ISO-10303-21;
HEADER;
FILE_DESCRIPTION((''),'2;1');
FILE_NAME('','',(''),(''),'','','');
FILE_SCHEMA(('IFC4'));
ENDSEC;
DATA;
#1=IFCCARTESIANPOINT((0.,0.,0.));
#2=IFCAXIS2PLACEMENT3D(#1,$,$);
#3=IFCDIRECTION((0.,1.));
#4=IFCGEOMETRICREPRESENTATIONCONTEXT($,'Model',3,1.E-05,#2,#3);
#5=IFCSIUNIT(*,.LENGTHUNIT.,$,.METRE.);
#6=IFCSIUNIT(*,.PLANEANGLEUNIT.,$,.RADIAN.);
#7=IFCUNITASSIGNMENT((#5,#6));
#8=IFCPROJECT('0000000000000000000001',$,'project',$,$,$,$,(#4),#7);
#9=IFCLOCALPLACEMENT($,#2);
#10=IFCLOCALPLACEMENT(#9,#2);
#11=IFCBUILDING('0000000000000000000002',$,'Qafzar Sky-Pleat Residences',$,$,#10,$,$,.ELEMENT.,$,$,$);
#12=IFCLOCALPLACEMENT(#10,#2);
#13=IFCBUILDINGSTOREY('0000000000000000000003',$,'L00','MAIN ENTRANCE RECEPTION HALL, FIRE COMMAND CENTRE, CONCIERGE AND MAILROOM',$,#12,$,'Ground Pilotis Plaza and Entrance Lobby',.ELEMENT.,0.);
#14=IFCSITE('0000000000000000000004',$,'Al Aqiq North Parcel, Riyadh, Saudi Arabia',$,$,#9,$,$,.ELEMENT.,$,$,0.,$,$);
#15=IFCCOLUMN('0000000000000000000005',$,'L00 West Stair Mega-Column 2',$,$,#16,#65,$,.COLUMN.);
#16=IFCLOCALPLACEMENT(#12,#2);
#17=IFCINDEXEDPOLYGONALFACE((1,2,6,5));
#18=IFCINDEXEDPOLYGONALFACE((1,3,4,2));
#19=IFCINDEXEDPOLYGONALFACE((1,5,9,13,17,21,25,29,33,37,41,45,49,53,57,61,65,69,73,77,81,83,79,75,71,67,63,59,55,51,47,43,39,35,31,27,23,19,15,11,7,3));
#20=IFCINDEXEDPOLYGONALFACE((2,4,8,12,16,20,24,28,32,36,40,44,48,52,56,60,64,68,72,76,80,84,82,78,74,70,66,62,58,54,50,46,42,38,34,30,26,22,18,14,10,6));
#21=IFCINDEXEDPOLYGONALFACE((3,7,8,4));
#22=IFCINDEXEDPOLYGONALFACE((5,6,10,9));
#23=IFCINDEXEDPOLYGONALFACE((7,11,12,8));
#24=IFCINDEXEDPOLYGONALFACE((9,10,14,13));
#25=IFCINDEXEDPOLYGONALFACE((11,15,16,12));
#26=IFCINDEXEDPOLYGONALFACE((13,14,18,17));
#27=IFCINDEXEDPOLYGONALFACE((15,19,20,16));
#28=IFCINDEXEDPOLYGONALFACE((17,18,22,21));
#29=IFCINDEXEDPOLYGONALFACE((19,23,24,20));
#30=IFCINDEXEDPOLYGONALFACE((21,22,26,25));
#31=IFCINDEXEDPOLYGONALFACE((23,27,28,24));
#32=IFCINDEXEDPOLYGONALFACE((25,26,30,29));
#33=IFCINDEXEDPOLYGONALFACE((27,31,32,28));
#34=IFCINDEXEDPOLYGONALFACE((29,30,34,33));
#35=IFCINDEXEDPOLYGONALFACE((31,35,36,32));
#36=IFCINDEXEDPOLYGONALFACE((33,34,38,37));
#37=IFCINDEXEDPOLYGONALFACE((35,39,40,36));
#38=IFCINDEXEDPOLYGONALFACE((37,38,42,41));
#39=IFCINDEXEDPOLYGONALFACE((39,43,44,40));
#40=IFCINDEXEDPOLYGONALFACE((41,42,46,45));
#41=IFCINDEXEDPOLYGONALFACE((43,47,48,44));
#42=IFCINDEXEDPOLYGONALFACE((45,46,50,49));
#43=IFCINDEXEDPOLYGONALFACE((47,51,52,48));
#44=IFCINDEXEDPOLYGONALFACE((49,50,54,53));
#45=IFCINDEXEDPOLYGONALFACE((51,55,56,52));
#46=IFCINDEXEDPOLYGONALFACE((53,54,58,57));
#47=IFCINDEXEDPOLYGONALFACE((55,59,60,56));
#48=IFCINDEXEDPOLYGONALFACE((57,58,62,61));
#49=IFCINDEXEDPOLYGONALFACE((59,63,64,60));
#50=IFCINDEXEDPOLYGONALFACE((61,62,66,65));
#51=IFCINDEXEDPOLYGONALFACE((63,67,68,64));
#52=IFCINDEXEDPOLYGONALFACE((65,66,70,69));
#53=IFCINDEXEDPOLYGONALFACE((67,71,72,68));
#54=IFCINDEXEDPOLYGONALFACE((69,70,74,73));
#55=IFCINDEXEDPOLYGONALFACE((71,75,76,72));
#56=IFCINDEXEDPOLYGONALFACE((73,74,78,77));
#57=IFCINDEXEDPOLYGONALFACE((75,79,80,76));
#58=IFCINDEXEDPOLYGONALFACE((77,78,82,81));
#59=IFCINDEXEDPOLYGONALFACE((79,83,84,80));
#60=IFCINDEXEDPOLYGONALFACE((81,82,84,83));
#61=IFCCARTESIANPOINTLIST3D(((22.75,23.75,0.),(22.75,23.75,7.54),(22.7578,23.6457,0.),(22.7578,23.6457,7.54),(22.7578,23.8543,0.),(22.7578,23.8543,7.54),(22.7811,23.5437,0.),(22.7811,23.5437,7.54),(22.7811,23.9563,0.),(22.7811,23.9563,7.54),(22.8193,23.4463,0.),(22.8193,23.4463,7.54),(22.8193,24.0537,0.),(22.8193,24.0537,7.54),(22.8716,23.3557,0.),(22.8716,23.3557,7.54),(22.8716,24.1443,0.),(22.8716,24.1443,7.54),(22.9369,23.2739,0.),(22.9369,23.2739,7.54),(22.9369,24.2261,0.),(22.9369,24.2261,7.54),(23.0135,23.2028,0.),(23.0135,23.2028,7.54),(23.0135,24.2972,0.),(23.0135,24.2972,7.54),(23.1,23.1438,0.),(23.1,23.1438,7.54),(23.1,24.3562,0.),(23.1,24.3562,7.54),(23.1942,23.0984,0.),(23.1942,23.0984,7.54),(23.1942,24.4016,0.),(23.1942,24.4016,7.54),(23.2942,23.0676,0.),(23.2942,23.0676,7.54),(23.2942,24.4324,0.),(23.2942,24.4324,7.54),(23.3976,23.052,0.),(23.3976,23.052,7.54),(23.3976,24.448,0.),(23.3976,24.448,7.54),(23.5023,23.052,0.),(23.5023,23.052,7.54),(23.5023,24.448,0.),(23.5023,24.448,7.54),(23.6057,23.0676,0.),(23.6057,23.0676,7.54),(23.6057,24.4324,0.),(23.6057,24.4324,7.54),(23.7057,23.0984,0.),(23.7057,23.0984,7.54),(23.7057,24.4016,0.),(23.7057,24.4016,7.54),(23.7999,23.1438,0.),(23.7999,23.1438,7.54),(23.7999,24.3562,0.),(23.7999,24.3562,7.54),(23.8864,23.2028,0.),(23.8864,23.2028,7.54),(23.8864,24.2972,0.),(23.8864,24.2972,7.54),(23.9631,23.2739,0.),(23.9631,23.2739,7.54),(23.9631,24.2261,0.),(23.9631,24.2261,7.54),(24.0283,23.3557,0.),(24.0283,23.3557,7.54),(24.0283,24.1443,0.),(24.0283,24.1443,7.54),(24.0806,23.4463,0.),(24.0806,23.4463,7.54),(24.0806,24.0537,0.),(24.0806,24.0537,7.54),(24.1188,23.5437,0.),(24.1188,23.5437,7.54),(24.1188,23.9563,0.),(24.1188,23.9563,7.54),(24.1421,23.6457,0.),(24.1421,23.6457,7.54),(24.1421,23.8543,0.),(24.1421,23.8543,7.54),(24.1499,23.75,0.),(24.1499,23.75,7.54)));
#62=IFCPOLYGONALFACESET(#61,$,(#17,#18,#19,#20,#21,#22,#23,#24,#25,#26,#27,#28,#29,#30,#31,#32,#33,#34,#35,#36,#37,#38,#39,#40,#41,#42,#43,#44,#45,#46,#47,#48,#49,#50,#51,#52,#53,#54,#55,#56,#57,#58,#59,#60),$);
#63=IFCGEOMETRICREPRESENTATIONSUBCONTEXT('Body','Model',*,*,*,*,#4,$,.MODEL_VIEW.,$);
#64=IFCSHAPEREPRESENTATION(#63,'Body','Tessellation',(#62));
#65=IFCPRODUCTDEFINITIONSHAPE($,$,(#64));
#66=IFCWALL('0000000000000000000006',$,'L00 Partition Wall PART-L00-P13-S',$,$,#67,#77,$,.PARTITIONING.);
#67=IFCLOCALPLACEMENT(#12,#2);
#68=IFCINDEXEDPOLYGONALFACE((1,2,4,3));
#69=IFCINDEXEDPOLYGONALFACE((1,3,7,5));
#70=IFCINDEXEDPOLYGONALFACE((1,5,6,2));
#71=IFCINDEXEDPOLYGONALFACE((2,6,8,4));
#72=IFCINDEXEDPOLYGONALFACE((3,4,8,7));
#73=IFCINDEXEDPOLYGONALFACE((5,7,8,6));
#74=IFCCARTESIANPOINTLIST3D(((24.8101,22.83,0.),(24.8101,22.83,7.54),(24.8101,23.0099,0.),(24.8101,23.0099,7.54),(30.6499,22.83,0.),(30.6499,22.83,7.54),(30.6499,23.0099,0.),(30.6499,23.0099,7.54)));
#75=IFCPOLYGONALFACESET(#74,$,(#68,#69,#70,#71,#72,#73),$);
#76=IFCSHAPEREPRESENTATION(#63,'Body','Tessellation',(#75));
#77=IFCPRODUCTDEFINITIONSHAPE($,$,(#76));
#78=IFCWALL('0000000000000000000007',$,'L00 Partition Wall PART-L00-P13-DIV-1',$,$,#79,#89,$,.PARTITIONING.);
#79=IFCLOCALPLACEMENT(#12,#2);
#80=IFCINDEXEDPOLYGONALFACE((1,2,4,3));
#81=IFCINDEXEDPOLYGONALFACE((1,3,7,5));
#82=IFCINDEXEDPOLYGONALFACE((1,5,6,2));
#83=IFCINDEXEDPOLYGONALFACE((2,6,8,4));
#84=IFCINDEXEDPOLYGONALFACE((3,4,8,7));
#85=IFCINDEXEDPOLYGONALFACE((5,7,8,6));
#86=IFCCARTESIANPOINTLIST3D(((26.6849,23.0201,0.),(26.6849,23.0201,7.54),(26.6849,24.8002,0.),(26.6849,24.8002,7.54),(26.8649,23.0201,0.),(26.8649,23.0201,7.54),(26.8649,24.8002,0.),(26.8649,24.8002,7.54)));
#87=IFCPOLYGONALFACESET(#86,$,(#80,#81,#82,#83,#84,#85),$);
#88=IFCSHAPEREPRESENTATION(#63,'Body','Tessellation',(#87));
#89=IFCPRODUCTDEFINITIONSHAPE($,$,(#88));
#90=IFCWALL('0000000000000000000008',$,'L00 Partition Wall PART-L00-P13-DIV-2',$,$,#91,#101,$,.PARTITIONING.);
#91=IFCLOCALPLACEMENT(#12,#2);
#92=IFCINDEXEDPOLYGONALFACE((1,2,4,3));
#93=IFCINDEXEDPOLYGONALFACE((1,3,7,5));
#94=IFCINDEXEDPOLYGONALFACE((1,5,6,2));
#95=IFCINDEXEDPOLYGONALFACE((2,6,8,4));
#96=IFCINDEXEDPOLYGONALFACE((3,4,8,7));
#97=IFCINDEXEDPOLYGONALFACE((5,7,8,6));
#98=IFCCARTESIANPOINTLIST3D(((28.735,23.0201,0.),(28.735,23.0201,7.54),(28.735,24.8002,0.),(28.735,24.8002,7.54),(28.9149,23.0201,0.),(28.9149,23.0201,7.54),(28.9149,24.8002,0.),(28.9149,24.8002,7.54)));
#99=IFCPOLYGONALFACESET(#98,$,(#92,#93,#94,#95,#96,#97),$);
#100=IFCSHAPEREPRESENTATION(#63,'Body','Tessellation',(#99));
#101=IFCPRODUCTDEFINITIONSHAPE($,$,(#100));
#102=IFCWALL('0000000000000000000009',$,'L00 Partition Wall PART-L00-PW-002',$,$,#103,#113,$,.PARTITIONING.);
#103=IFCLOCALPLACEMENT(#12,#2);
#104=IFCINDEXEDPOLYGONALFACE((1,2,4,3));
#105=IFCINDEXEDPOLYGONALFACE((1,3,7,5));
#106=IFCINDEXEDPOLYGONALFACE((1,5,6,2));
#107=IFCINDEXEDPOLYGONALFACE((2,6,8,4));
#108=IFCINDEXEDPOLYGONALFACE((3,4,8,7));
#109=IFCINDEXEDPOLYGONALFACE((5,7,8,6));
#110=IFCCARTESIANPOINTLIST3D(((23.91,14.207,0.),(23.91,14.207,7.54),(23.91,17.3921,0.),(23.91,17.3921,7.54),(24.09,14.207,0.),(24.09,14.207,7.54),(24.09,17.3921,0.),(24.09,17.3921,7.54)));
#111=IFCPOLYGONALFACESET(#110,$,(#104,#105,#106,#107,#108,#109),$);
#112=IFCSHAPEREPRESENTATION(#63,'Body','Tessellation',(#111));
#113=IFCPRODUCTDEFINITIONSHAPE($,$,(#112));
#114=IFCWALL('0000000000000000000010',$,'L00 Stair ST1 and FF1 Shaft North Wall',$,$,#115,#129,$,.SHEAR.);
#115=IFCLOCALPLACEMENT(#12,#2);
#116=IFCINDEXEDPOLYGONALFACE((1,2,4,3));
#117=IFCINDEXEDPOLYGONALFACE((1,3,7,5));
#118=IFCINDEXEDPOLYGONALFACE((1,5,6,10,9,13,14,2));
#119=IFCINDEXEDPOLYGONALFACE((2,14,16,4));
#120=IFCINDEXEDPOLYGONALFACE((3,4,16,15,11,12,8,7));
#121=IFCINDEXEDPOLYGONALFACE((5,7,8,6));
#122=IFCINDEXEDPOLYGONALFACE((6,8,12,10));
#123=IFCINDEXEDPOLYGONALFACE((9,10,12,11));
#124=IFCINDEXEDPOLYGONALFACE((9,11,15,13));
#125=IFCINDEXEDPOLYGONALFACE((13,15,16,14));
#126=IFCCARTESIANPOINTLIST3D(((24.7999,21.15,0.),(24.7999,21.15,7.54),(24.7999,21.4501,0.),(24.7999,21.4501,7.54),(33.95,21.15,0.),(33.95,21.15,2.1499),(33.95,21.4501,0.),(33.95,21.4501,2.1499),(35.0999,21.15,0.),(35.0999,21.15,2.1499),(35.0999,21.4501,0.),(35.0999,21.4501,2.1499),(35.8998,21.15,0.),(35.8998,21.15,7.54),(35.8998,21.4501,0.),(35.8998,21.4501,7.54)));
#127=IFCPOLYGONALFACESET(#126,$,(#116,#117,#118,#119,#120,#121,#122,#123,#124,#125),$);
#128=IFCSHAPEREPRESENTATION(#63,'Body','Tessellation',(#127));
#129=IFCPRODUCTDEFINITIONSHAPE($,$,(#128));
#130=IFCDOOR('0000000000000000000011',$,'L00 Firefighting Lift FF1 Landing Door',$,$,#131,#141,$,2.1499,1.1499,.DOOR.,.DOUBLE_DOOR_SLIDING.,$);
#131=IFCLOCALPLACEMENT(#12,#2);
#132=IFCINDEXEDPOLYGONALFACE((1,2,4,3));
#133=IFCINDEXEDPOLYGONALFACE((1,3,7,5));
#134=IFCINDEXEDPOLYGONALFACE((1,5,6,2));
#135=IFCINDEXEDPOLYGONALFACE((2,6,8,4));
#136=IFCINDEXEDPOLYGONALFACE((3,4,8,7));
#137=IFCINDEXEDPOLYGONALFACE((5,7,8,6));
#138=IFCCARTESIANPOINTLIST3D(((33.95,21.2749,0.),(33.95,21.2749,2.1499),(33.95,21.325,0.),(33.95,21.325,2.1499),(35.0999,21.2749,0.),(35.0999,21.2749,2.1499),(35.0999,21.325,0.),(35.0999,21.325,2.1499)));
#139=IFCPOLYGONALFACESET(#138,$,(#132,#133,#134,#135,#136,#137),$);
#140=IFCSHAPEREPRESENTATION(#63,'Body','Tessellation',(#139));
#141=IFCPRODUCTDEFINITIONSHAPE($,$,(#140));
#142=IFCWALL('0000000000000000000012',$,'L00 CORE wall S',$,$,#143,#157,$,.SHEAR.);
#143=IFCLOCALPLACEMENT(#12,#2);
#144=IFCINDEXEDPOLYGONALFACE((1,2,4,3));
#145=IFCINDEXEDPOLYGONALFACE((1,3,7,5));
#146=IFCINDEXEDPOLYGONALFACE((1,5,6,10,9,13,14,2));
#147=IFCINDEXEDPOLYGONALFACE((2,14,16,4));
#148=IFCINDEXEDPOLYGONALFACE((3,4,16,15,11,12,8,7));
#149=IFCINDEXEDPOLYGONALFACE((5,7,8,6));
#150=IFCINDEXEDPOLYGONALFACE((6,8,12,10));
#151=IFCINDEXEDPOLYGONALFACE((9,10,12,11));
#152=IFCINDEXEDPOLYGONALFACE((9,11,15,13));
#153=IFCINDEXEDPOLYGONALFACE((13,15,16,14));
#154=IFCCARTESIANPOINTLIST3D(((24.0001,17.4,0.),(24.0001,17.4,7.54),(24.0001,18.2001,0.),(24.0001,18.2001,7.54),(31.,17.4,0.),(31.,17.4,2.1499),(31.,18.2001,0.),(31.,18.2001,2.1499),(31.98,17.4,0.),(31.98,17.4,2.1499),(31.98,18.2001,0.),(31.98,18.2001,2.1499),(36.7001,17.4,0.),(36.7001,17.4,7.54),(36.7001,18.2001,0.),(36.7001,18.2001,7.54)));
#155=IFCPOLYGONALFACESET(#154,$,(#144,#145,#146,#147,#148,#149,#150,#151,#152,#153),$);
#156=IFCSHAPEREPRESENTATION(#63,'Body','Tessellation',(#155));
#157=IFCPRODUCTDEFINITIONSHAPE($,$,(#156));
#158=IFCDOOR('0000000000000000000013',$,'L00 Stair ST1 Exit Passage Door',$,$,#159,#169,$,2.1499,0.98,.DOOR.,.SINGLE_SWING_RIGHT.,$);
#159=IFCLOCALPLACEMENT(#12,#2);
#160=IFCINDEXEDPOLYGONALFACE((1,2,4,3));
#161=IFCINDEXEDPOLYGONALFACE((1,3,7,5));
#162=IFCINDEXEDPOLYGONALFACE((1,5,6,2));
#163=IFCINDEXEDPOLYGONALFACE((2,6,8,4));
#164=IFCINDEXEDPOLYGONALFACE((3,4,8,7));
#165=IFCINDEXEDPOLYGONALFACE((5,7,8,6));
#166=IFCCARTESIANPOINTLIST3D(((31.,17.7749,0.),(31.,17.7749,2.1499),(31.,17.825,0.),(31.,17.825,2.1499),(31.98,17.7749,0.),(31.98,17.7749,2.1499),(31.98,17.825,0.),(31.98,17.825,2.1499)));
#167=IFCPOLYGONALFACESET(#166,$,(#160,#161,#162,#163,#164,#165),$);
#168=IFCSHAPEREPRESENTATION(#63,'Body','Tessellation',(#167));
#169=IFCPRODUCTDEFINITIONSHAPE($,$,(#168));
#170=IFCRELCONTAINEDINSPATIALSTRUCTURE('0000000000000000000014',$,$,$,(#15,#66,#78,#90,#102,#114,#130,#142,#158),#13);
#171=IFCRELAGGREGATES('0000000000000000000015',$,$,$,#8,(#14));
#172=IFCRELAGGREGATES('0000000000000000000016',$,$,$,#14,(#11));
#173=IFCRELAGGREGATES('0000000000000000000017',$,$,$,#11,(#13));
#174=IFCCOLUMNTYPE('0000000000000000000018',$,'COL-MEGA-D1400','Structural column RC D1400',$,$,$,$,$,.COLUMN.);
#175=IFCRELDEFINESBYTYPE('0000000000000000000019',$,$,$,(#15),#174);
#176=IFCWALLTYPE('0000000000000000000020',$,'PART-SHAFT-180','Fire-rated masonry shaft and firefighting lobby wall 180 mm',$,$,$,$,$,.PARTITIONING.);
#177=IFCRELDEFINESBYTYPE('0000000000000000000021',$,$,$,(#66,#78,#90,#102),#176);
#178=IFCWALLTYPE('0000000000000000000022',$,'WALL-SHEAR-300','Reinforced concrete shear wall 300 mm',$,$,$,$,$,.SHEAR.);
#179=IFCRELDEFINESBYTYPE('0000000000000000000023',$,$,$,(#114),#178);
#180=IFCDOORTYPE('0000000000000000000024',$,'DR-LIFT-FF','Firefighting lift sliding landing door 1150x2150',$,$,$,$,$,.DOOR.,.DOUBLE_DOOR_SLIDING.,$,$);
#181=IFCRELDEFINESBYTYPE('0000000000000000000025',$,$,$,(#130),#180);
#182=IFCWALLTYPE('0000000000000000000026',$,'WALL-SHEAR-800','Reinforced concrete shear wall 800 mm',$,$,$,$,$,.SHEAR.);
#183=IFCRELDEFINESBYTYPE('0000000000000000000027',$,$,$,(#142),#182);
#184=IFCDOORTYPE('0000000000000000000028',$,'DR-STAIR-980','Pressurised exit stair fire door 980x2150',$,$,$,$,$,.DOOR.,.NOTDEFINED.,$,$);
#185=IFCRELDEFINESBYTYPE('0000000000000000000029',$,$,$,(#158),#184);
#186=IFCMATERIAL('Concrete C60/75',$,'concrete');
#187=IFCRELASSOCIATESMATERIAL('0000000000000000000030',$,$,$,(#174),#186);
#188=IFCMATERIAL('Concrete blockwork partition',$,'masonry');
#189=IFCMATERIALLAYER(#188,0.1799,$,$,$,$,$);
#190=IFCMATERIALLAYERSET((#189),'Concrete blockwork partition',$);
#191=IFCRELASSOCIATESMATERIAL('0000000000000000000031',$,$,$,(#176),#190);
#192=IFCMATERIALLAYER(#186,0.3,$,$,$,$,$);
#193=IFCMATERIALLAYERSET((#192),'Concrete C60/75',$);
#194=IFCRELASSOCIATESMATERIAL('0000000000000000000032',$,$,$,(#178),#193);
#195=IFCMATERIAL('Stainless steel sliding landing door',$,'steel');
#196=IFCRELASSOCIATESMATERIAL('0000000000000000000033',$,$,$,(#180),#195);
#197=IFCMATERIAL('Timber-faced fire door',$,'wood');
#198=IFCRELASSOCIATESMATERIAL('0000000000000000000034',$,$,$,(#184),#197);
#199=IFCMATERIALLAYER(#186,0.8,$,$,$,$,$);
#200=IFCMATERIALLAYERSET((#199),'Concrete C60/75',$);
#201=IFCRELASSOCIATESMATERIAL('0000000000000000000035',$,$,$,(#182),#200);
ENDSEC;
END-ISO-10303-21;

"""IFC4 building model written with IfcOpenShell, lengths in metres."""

from ifc_helpers import new_model, si_unit, direction, frame, frame_2d, origin, origin_2d, place, context, subcontext, project, spatial, rectangle, circle, extrude, source, transform, mapped, material, layer, layer_set, material_profile, profile_set, type_object, element, fill, save


model = new_model("IFC4")

# Units and contexts
model_context = context("Model", 3, precision=1e-05, world=origin(), true_north=direction((0.0, 1.0)))
body_context = subcontext(model_context, "Body", "Model", "MODEL_VIEW")
ifc_project = project(units=[si_unit("LENGTHUNIT", "METRE"), si_unit("PLANEANGLEUNIT", "RADIAN")], contexts=[model_context])

# Site, building, storey
site_placement = place(None, origin())
site = spatial("IfcSite", under=ifc_project, at=site_placement, Name="Al Aqiq North Parcel, Riyadh, Saudi Arabia", CompositionType="ELEMENT", RefElevation=0.0)
building_placement = place(site_placement, origin())
building = spatial("IfcBuilding", under=site, at=building_placement, Name="Qafzar Sky-Pleat Residences", CompositionType="ELEMENT")
storey_placement = place(building_placement, origin())
storey = spatial("IfcBuildingStorey", under=building, at=storey_placement, Name="L00", Description="MAIN ENTRANCE RECEPTION HALL, FIRE COMMAND CENTRE, CONCIERGE AND MAILROOM", LongName="Ground Pilotis Plaza and Entrance Lobby", CompositionType="ELEMENT", Elevation=0.0)

# Column
ifc_material_1 = material(Name="Concrete C60/75", Category="concrete")
ifc_material_profile = material_profile(ifc_material_1, circle(Radius=0.7, at=origin_2d()), Name="RC D1400")
ifc_profile_set = profile_set([ifc_material_profile], Name="Concrete C60/75")
column_type = type_object("IfcColumnType", Name="COL-MEGA-D1400", Description="Structural column RC D1400", PredefinedType="COLUMN", material=ifc_profile_set)
shared_shape_1 = source(origin(), body_context, "Body", "SweptSolid", [
    extrude(circle(Radius=0.7, at=origin_2d()), origin(), (0.0, 0.0, 1.0), 7.54),
])
column_placement = place(storey_placement, frame((23.45, 23.75, 0.0), z_axis=(0.0, 0.0, 1.0), x_axis=(1.0, 0.0, 0.0)))
element("IfcColumn", 1, at=column_placement, inside=storey, type_object=column_type, Name="L00 West Stair Mega-Column 2", PredefinedType="COLUMN", context=body_context, shape_type="MappedRepresentation", body=[
    mapped(shared_shape_1, transform((0.0, 0.0, 0.0), x_axis=(1.0, 0.0, 0.0), y_axis=(0.0, 1.0, 0.0), z_axis=(0.0, 0.0, 1.0), scale=1.0)),
])

# Wall
ifc_material_2 = material(Name="Concrete blockwork partition", Category="masonry")
ifc_layer_1 = layer(ifc_material_2, 0.1799)
ifc_layer_set_1 = layer_set([ifc_layer_1], Name="Concrete blockwork partition")
wall_type_1 = type_object("IfcWallType", Name="PART-SHAFT-180", Description="Fire-rated masonry shaft and firefighting lobby wall 180 mm", PredefinedType="PARTITIONING", material=ifc_layer_set_1)
wall_1_placement = place(storey_placement, frame((24.8101, 22.9199, 0.0), z_axis=(0.0, 0.0, 1.0), x_axis=(1.0, 0.0, 0.0)))
element("IfcWall", 2, at=wall_1_placement, inside=storey, type_object=wall_type_1, Name="L00 Partition Wall PART-L00-P13-S", PredefinedType="PARTITIONING", context=body_context, shape_type="SweptSolid", body=[
    extrude(rectangle(XDim=5.8398, YDim=0.1799, at=frame_2d((2.9199, 0.0))), origin(), (0.0, 0.0, 1.0), 7.54),
])

# Shared definitions
ifc_material_3 = material(Name="Stainless steel sliding landing door", Category="steel")

# Wall
wall_2_placement = place(storey_placement, frame((26.7749, 23.02, 0.0), z_axis=(0.0, 0.0, 1.0), x_axis=(0.0, 1.0, 0.0)))
element("IfcWall", 3, at=wall_2_placement, inside=storey, type_object=wall_type_1, Name="L00 Partition Wall PART-L00-P13-DIV-1", PredefinedType="PARTITIONING", context=body_context, shape_type="SweptSolid", body=[
    extrude(rectangle(XDim=1.78, YDim=0.1799, at=frame_2d((0.8901, 0.0))), origin(), (0.0, 0.0, 1.0), 7.54),
])

# Walls
wall_3_placement = place(storey_placement, frame((28.825, 23.02, 0.0), z_axis=(0.0, 0.0, 1.0), x_axis=(0.0, 1.0, 0.0)))
element("IfcWall", 4, at=wall_3_placement, inside=storey, type_object=wall_type_1, Name="L00 Partition Wall PART-L00-P13-DIV-2", PredefinedType="PARTITIONING", context=body_context, shape_type="SweptSolid", body=[
    extrude(rectangle(XDim=1.78, YDim=0.1799, at=frame_2d((0.8901, 0.0))), origin(), (0.0, 0.0, 1.0), 7.54),
])
wall_4_placement = place(storey_placement, frame((24.0, 14.207, 0.0), z_axis=(0.0, 0.0, 1.0), x_axis=(0.0, 1.0, 0.0)))
element("IfcWall", 5, at=wall_4_placement, inside=storey, type_object=wall_type_1, Name="L00 Partition Wall PART-L00-PW-002", PredefinedType="PARTITIONING", context=body_context, shape_type="SweptSolid", body=[
    extrude(rectangle(XDim=3.1851, YDim=0.1799, at=frame_2d((1.5925, 0.0))), origin(), (0.0, 0.0, 1.0), 7.54),
])

# Walls, openings, doors
ifc_layer_2 = layer(ifc_material_1, 0.3)
ifc_layer_set_2 = layer_set([ifc_layer_2], Name="Concrete C60/75")
wall_type_2 = type_object("IfcWallType", Name="WALL-SHEAR-300", Description="Reinforced concrete shear wall 300 mm", PredefinedType="SHEAR", material=ifc_layer_set_2)
wall_5_placement = place(storey_placement, frame((24.8, 21.3, 0.0), z_axis=(0.0, 0.0, 1.0), x_axis=(1.0, 0.0, 0.0)))
wall_5 = element("IfcWall", 6, at=wall_5_placement, inside=storey, type_object=wall_type_2, Name="L00 Stair ST1 and FF1 Shaft North Wall", PredefinedType="SHEAR", context=body_context, shape_type="SweptSolid", body=[
    extrude(rectangle(XDim=11.0999, YDim=0.3, at=frame_2d((5.5498, 0.0))), origin(), (0.0, 0.0, 1.0), 7.54),
])
opening_1_placement = place(wall_5_placement, frame((9.1499, 0.0, 0.0)))
opening_1 = element("IfcOpeningElement", 7, at=opening_1_placement, cuts=wall_5, PredefinedType="OPENING", context=body_context, shape_type="SweptSolid", body=[
    extrude(rectangle(XDim=1.1499, YDim=2.1499, at=frame_2d((0.575, 1.075))), frame((0.0, 0.1602, 0.0), z_axis=(0.0, -1.0, 0.0), x_axis=(1.0, 0.0, 0.0)), (0.0, 0.0, 1.0), 0.3201),
])
door_type_1 = type_object("IfcDoorType", Name="DR-LIFT-FF", Description="Firefighting lift sliding landing door 1150x2150", OperationType="DOUBLE_DOOR_SLIDING", PredefinedType="DOOR", material=ifc_material_3)
shared_shape_2 = source(origin(), body_context, "Body", "SweptSolid", [
    extrude(rectangle(XDim=1.1499, YDim=2.1499, at=frame_2d((0.575, 1.075))), frame((0.0, 0.0249, 0.0), z_axis=(0.0, -1.0, 0.0), x_axis=(1.0, 0.0, 0.0)), (0.0, 0.0, 1.0), 0.05),
])
door_1_placement = place(opening_1_placement, origin())
door_1 = element("IfcDoor", 8, at=door_1_placement, inside=storey, type_object=door_type_1, Name="L00 Firefighting Lift FF1 Landing Door", OperationType="DOUBLE_DOOR_SLIDING", OverallHeight=2.1499, OverallWidth=1.1499, PredefinedType="DOOR", context=body_context, shape_type="MappedRepresentation", body=[
    mapped(shared_shape_2, transform((0.0, 0.0, 0.0), x_axis=(1.0, 0.0, 0.0), y_axis=(0.0, 1.0, 0.0), z_axis=(0.0, 0.0, 1.0), scale=1.0)),
])
fill(opening_1, door_1)
ifc_material_4 = material(Name="Timber-faced fire door", Category="wood")
door_type_2 = type_object("IfcDoorType", Name="DR-STAIR-980", Description="Pressurised exit stair fire door 980x2150", OperationType="NOTDEFINED", PredefinedType="DOOR", material=ifc_material_4)
shared_shape_3 = source(origin(), body_context, "Body", "SweptSolid", [
    extrude(rectangle(XDim=0.98, YDim=2.1499, at=frame_2d((0.49, 1.075))), frame((0.0, 0.0249, 0.0), z_axis=(0.0, -1.0, 0.0), x_axis=(1.0, 0.0, 0.0)), (0.0, 0.0, 1.0), 0.05),
])
ifc_layer_3 = layer(ifc_material_1, 0.8)
ifc_layer_set_3 = layer_set([ifc_layer_3], Name="Concrete C60/75")
wall_type_3 = type_object("IfcWallType", Name="WALL-SHEAR-800", Description="Reinforced concrete shear wall 800 mm", PredefinedType="SHEAR", material=ifc_layer_set_3)
wall_6_placement = place(storey_placement, frame((24.0, 17.8, 0.0), z_axis=(0.0, 0.0, 1.0), x_axis=(1.0, 0.0, 0.0)))
wall_6 = element("IfcWall", 9, at=wall_6_placement, inside=storey, type_object=wall_type_3, Name="L00 CORE wall S", PredefinedType="SHEAR", context=body_context, shape_type="SweptSolid", body=[
    extrude(rectangle(XDim=12.7, YDim=0.8, at=frame_2d((6.3501, 0.0))), origin(), (0.0, 0.0, 1.0), 7.54),
])
opening_2_placement = place(wall_6_placement, frame((7.0, 0.0, 0.0)))
opening_2 = element("IfcOpeningElement", 10, at=opening_2_placement, cuts=wall_6, PredefinedType="OPENING", context=body_context, shape_type="SweptSolid", body=[
    extrude(rectangle(XDim=0.98, YDim=2.1499, at=frame_2d((0.49, 1.075))), frame((0.0, 0.4102, 0.0), z_axis=(0.0, -1.0, 0.0), x_axis=(1.0, 0.0, 0.0)), (0.0, 0.0, 1.0), 0.8201),
])
door_2_placement = place(opening_2_placement, origin())
door_2 = element("IfcDoor", 11, at=door_2_placement, inside=storey, type_object=door_type_2, Name="L00 Stair ST1 Exit Passage Door", OperationType="SINGLE_SWING_RIGHT", OverallHeight=2.1499, OverallWidth=0.98, PredefinedType="DOOR", context=body_context, shape_type="MappedRepresentation", body=[
    mapped(shared_shape_3, transform((0.0, 0.0, 0.0), x_axis=(1.0, 0.0, 0.0), y_axis=(0.0, 1.0, 0.0), z_axis=(0.0, 0.0, 1.0), scale=1.0)),
])
fill(opening_2, door_2)

save(model, "model.ifc")
